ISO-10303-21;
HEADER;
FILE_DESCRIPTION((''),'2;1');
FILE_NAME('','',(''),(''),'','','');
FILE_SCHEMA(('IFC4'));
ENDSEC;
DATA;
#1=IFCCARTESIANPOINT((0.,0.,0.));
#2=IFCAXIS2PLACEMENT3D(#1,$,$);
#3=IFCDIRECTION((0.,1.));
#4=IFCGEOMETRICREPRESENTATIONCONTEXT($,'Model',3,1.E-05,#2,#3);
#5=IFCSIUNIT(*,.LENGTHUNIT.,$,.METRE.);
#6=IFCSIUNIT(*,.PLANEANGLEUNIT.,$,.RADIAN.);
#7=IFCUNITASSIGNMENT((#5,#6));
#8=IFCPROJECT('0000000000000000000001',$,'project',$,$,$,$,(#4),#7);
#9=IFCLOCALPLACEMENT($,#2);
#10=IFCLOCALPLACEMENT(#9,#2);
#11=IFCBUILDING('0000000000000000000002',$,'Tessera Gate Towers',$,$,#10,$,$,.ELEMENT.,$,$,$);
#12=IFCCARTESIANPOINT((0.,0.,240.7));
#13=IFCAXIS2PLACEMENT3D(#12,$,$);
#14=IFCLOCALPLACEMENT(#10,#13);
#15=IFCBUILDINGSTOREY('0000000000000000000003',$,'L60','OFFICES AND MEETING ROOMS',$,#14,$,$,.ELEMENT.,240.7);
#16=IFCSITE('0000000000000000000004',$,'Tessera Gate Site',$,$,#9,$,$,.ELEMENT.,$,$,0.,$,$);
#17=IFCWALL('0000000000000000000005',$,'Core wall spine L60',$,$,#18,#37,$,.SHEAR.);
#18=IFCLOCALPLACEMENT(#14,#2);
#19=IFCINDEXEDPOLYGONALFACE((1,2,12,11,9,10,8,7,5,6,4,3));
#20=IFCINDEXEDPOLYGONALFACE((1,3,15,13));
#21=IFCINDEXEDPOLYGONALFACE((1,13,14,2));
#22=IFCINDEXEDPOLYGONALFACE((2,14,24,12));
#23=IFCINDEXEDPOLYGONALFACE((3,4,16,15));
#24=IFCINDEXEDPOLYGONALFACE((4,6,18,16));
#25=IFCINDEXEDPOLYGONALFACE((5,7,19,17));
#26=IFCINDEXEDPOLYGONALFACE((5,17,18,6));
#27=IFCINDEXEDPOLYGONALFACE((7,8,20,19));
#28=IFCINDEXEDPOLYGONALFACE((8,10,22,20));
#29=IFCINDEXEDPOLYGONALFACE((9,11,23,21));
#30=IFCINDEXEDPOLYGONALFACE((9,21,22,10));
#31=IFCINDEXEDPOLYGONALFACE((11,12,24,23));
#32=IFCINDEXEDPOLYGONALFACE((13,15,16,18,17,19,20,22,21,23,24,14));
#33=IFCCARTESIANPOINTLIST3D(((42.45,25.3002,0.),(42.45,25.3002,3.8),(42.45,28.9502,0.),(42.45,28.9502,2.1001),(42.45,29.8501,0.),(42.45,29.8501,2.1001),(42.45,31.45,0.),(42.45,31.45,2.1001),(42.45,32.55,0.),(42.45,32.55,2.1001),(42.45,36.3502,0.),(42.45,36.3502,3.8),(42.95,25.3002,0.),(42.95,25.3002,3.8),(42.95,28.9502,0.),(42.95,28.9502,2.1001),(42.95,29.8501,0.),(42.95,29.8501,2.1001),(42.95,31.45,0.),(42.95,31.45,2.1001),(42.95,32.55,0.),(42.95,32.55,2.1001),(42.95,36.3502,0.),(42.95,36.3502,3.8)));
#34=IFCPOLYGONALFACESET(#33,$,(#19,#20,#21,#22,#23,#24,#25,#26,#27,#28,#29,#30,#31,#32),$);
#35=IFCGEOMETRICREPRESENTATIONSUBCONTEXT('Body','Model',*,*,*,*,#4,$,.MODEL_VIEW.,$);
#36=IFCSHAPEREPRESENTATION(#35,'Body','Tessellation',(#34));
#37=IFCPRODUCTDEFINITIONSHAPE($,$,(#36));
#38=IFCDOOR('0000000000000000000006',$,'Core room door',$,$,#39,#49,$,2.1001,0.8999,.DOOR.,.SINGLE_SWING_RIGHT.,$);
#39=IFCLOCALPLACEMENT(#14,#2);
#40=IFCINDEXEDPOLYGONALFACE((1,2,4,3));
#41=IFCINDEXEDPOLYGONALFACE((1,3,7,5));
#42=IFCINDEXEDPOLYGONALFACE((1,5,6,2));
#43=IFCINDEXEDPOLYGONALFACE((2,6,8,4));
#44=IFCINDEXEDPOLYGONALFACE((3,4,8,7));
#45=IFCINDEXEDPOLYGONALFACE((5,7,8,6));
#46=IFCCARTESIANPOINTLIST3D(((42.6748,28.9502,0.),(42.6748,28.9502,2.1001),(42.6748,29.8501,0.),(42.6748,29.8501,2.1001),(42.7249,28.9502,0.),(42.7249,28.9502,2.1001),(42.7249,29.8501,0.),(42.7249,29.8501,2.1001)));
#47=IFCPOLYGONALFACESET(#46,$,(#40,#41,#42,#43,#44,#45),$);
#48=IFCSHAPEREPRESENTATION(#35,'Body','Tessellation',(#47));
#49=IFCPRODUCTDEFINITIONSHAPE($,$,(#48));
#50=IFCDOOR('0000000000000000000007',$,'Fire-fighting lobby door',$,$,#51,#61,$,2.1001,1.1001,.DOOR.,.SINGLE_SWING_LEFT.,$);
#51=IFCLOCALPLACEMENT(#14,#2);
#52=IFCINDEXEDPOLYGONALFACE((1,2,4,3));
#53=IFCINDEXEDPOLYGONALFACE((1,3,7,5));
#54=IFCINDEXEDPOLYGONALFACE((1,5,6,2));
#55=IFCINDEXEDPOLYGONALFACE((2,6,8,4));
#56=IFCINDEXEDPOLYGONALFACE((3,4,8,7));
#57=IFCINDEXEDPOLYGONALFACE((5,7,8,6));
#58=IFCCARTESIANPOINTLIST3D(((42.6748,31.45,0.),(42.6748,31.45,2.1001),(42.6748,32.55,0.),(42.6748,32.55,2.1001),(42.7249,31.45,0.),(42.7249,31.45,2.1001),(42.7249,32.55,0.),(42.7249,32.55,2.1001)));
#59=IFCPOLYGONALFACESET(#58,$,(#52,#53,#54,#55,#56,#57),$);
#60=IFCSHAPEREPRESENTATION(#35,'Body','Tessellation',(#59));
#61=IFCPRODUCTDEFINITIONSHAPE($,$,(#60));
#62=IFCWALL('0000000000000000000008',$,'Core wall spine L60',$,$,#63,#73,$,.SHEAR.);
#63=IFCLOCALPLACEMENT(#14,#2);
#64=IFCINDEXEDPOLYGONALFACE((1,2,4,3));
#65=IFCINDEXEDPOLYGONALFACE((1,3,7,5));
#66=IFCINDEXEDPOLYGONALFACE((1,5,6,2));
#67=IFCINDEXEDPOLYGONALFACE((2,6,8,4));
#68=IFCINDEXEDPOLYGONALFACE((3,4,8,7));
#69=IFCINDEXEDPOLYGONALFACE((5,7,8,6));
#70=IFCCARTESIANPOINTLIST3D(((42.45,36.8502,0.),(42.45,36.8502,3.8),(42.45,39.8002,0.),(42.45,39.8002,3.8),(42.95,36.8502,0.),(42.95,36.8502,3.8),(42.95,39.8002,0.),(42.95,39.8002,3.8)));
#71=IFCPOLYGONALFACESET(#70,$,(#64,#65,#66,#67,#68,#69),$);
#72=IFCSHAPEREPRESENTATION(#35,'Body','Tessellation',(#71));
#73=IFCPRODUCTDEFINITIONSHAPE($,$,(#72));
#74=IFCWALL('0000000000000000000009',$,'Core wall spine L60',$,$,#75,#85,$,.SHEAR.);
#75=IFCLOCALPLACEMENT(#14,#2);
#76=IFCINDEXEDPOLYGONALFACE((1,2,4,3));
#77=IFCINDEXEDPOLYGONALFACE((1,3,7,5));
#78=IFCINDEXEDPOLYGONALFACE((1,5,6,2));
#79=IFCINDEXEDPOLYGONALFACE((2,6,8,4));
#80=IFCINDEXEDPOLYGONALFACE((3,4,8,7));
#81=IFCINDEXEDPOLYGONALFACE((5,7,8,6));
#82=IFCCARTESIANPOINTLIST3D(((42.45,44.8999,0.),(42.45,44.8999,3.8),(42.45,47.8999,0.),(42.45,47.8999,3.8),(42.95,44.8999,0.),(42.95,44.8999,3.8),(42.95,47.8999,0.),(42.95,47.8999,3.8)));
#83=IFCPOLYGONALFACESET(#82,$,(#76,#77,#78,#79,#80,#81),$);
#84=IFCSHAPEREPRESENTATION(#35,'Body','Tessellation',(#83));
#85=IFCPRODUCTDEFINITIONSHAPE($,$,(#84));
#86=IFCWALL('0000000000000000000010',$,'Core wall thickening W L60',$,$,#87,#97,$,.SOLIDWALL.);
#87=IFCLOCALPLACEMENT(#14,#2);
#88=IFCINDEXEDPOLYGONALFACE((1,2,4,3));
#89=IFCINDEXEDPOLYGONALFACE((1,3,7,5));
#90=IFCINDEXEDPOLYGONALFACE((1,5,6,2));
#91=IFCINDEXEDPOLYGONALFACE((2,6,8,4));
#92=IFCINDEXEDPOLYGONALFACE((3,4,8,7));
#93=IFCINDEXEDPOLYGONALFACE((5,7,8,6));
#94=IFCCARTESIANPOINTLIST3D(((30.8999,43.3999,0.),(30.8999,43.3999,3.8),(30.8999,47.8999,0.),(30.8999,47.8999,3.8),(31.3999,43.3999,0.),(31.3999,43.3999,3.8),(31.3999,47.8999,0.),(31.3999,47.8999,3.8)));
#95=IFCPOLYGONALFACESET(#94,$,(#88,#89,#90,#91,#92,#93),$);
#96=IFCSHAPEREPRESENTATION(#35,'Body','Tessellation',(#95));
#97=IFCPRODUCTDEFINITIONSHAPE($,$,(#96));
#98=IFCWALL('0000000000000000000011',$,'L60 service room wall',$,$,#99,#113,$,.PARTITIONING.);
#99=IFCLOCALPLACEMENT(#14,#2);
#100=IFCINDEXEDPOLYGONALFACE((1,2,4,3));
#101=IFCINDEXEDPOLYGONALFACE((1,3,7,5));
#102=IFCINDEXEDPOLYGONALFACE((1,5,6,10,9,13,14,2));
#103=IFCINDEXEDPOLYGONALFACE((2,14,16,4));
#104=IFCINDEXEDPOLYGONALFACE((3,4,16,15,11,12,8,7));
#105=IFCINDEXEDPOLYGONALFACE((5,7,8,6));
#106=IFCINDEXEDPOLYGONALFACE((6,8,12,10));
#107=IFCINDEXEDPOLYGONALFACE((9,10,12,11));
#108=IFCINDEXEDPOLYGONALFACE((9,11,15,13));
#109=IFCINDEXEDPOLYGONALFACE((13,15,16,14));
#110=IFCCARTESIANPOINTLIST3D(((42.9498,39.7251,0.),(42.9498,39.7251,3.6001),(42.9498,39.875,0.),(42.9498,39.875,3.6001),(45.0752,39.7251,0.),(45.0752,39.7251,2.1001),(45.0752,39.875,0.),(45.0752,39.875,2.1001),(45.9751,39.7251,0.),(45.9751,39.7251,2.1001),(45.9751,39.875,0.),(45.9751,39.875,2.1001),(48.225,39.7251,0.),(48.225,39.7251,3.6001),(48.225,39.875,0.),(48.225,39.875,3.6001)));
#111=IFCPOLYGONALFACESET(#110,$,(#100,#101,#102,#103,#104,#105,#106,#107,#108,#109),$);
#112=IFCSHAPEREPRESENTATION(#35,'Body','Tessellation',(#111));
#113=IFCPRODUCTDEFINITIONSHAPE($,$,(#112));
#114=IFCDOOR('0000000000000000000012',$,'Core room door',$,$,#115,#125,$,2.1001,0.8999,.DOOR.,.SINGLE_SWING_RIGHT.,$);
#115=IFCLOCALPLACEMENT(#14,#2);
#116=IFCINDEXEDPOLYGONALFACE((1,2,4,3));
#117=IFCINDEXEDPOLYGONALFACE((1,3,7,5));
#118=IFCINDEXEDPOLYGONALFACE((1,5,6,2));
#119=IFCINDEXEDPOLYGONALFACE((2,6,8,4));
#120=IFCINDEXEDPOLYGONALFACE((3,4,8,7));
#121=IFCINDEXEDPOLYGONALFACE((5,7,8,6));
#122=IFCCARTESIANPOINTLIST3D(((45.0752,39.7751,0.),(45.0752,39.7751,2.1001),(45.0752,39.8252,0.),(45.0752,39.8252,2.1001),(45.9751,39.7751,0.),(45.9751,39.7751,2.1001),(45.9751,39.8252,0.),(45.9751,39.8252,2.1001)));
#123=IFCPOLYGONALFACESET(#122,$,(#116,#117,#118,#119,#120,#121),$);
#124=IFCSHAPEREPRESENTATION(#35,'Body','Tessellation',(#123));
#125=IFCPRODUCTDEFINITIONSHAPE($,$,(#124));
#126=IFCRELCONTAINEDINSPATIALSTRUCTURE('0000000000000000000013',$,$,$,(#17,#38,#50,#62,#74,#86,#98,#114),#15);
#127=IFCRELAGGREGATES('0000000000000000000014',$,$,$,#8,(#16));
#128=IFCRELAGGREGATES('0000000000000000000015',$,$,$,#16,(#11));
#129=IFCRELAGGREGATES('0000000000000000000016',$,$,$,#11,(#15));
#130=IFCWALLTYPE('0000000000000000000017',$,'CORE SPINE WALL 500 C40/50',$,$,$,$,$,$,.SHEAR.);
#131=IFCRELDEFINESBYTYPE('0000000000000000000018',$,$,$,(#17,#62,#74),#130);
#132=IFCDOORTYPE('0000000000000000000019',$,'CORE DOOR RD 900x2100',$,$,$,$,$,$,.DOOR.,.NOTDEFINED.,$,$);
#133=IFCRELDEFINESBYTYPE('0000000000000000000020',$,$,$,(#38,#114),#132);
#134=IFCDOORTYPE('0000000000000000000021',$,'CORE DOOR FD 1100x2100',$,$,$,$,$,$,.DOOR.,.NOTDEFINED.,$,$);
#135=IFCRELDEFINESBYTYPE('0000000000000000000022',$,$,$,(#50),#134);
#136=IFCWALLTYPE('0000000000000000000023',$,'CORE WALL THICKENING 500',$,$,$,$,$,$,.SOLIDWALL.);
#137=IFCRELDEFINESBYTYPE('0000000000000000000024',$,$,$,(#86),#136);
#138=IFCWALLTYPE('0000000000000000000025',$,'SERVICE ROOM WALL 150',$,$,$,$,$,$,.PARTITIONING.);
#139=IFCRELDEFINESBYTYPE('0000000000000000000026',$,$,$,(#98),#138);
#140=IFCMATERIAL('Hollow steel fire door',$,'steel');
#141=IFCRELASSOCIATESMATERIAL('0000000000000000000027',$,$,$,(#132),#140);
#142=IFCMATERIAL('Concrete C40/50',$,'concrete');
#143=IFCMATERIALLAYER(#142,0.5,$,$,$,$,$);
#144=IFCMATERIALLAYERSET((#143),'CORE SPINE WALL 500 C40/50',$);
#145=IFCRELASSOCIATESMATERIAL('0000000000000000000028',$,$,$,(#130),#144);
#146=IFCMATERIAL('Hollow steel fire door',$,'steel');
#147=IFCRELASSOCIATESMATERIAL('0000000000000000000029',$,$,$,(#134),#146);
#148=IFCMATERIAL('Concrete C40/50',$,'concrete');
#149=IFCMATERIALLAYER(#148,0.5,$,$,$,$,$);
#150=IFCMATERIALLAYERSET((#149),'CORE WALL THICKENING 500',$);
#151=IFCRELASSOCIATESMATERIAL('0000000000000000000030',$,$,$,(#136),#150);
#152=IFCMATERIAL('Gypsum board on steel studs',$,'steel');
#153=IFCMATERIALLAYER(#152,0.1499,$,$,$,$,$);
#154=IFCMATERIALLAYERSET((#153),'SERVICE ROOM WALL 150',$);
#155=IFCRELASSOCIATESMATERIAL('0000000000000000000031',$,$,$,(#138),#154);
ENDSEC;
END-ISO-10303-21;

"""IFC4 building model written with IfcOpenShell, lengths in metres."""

from ifc_helpers import new_model, si_unit, direction, frame, frame_2d, origin, place, context, subcontext, project, spatial, rectangle, extrude, source, transform, mapped, material, layer, layer_set, type_object, element, fill, save


model = new_model("IFC4")

# Units and contexts
model_context = context("Model", 3, precision=1e-05, world=origin(), true_north=direction((0.0, 1.0)))
body_context = subcontext(model_context, "Body", "Model", "MODEL_VIEW")
ifc_project = project(units=[si_unit("LENGTHUNIT", "METRE"), si_unit("PLANEANGLEUNIT", "RADIAN")], contexts=[model_context])

# Site, building, storey
site_placement = place(None, origin())
site = spatial("IfcSite", under=ifc_project, at=site_placement, Name="Tessera Gate Site", CompositionType="ELEMENT", RefElevation=0.0)
building_placement = place(site_placement, origin())
building = spatial("IfcBuilding", under=site, at=building_placement, Name="Tessera Gate Towers", CompositionType="ELEMENT")
storey_placement = place(building_placement, frame((0.0, 0.0, 240.7)))
storey = spatial("IfcBuildingStorey", under=building, at=storey_placement, Name="L60", Description="OFFICES AND MEETING ROOMS", CompositionType="ELEMENT", Elevation=240.7)

# Shared definitions
shared_shape_1 = source(origin(), body_context, "Body", "SweptSolid", [
    extrude(rectangle(XDim=1.1001, YDim=2.1001, at=frame_2d((0.55, 1.05))), frame((0.0, 0.0249, 0.0), z_axis=(0.0, -1.0, 0.0), x_axis=(1.0, 0.0, 0.0)), (0.0, 0.0, 1.0), 0.05),
])

# Shared definitions
ifc_material_1 = material(Name="Hollow steel fire door", Category="steel")
door_type_1 = type_object("IfcDoorType", Name="CORE DOOR RD 900x2100", OperationType="NOTDEFINED", PredefinedType="DOOR", material=ifc_material_1)
shared_shape_2 = source(origin(), body_context, "Body", "SweptSolid", [
    extrude(rectangle(XDim=0.8999, YDim=2.1001, at=frame_2d((0.45, 1.05))), frame((0.0, 0.0249, 0.0), z_axis=(0.0, -1.0, 0.0), x_axis=(1.0, 0.0, 0.0)), (0.0, 0.0, 1.0), 0.05),
])

# Shared definitions
ifc_material_2 = material(Name="Concrete C40/50", Category="concrete")
ifc_layer_1 = layer(ifc_material_2, 0.5)
ifc_layer_set_1 = layer_set([ifc_layer_1], Name="CORE SPINE WALL 500 C40/50")
wall_type_1 = type_object("IfcWallType", Name="CORE SPINE WALL 500 C40/50", PredefinedType="SHEAR", material=ifc_layer_set_1)

# Wall, openings, doors
wall_1_placement = place(storey_placement, frame((42.7, 36.3501, 0.0), z_axis=(0.0, 0.0, 1.0), x_axis=(0.0, -1.0, 0.0)))
wall_1 = element("IfcWall", 1, at=wall_1_placement, inside=storey, type_object=wall_type_1, Name="Core wall spine L60", PredefinedType="SHEAR", context=body_context, shape_type="SweptSolid", body=[
    extrude(rectangle(XDim=11.05, YDim=0.5, at=frame_2d((5.5249, 0.0))), origin(), (0.0, 0.0, 1.0), 3.8),
])
shared_shape_3 = source(origin(), body_context, "Body", "SweptSolid", [
    extrude(rectangle(XDim=0.8999, YDim=2.1001, at=frame_2d((0.45, 1.05))), frame((0.0, 0.26, 0.0), z_axis=(0.0, -1.0, 0.0), x_axis=(1.0, 0.0, 0.0)), (0.0, 0.0, 1.0), 0.52),
])
opening_1_placement = place(wall_1_placement, frame((6.5, 0.0, 0.0)))
opening_1 = element("IfcOpeningElement", 2, at=opening_1_placement, cuts=wall_1, PredefinedType="OPENING", context=body_context, shape_type="MappedRepresentation", body=[
    mapped(shared_shape_3, transform((0.0, 0.0, 0.0), scale=1.0)),
])
shared_shape_4 = source(origin(), body_context, "Body", "SweptSolid", [
    extrude(rectangle(XDim=1.1001, YDim=2.1001, at=frame_2d((0.55, 1.05))), frame((0.0, 0.26, 0.0), z_axis=(0.0, -1.0, 0.0), x_axis=(1.0, 0.0, 0.0)), (0.0, 0.0, 1.0), 0.52),
])
opening_2_placement = place(wall_1_placement, frame((3.8, 0.0, 0.0)))
opening_2 = element("IfcOpeningElement", 3, at=opening_2_placement, cuts=wall_1, PredefinedType="OPENING", context=body_context, shape_type="MappedRepresentation", body=[
    mapped(shared_shape_4, transform((0.0, 0.0, 0.0), scale=1.0)),
])
door_1_placement = place(opening_1_placement, origin())
door_1 = element("IfcDoor", 4, at=door_1_placement, inside=storey, type_object=door_type_1, Name="Core room door", OperationType="SINGLE_SWING_RIGHT", OverallHeight=2.1001, OverallWidth=0.8999, PredefinedType="DOOR", context=body_context, shape_type="MappedRepresentation", body=[
    mapped(shared_shape_2, transform((0.0, 0.0, 0.0), scale=1.0)),
])
fill(opening_1, door_1)
ifc_material_3 = material(Name="Hollow steel fire door", Category="steel")
door_type_2 = type_object("IfcDoorType", Name="CORE DOOR FD 1100x2100", OperationType="NOTDEFINED", PredefinedType="DOOR", material=ifc_material_3)
door_2_placement = place(opening_2_placement, origin())
door_2 = element("IfcDoor", 5, at=door_2_placement, inside=storey, type_object=door_type_2, Name="Fire-fighting lobby door", OperationType="SINGLE_SWING_LEFT", OverallHeight=2.1001, OverallWidth=1.1001, PredefinedType="DOOR", context=body_context, shape_type="MappedRepresentation", body=[
    mapped(shared_shape_1, transform((0.0, 0.0, 0.0), scale=1.0)),
])
fill(opening_2, door_2)

# Walls
wall_2_placement = place(storey_placement, frame((42.7, 36.8501, 0.0), z_axis=(0.0, 0.0, 1.0), x_axis=(0.0, 1.0, 0.0)))
element("IfcWall", 6, at=wall_2_placement, inside=storey, type_object=wall_type_1, Name="Core wall spine L60", PredefinedType="SHEAR", context=body_context, shape_type="SweptSolid", body=[
    extrude(rectangle(XDim=2.95, YDim=0.5, at=frame_2d((1.4751, 0.0))), origin(), (0.0, 0.0, 1.0), 3.8),
])
wall_3_placement = place(storey_placement, frame((42.7, 44.8999, 0.0), z_axis=(0.0, 0.0, 1.0), x_axis=(0.0, 1.0, 0.0)))
element("IfcWall", 7, at=wall_3_placement, inside=storey, type_object=wall_type_1, Name="Core wall spine L60", PredefinedType="SHEAR", context=body_context, shape_type="SweptSolid", body=[
    extrude(rectangle(XDim=3.0, YDim=0.5, at=frame_2d((1.5, 0.0))), origin(), (0.0, 0.0, 1.0), 3.8),
])
ifc_material_4 = material(Name="Concrete C40/50", Category="concrete")
ifc_layer_2 = layer(ifc_material_4, 0.5)
ifc_layer_set_2 = layer_set([ifc_layer_2], Name="CORE WALL THICKENING 500")
wall_type_2 = type_object("IfcWallType", Name="CORE WALL THICKENING 500", PredefinedType="SOLIDWALL", material=ifc_layer_set_2)
wall_4_placement = place(storey_placement, frame((31.1499, 43.3999, 0.0), z_axis=(0.0, 0.0, 1.0), x_axis=(0.0, 1.0, 0.0)))
element("IfcWall", 8, at=wall_4_placement, inside=storey, type_object=wall_type_2, Name="Core wall thickening W L60", PredefinedType="SOLIDWALL", context=body_context, shape_type="SweptSolid", body=[
    extrude(rectangle(XDim=4.5, YDim=0.5, at=frame_2d((2.25, 0.0))), origin(), (0.0, 0.0, 1.0), 3.8),
])

# Wall, opening, door
ifc_material_5 = material(Name="Gypsum board on steel studs", Category="steel")
ifc_layer_3 = layer(ifc_material_5, 0.1499)
ifc_layer_set_3 = layer_set([ifc_layer_3], Name="SERVICE ROOM WALL 150")
wall_type_3 = type_object("IfcWallType", Name="SERVICE ROOM WALL 150", PredefinedType="PARTITIONING", material=ifc_layer_set_3)
wall_5_placement = place(storey_placement, frame((48.2251, 39.8, 0.0), z_axis=(0.0, 0.0, 1.0), x_axis=(-1.0, 0.0, 0.0)))
wall_5 = element("IfcWall", 9, at=wall_5_placement, inside=storey, type_object=wall_type_3, Name="L60 service room wall", PredefinedType="PARTITIONING", context=body_context, shape_type="SweptSolid", body=[
    extrude(rectangle(XDim=5.2751, YDim=0.1499, at=frame_2d((2.6377, 0.0))), origin(), (0.0, 0.0, 1.0), 3.6001),
])
shared_shape_5 = source(origin(), body_context, "Body", "SweptSolid", [
    extrude(rectangle(XDim=0.8999, YDim=2.1001, at=frame_2d((0.45, 1.05))), frame((0.0, 0.085, 0.0), z_axis=(0.0, -1.0, 0.0), x_axis=(1.0, 0.0, 0.0)), (0.0, 0.0, 1.0), 0.1699),
])
opening_3_placement = place(wall_5_placement, frame((2.25, 0.0, 0.0)))
opening_3 = element("IfcOpeningElement", 10, at=opening_3_placement, cuts=wall_5, PredefinedType="OPENING", context=body_context, shape_type="MappedRepresentation", body=[
    mapped(shared_shape_5, transform((0.0, 0.0, 0.0), scale=1.0)),
])
door_3_placement = place(opening_3_placement, origin())
door_3 = element("IfcDoor", 11, at=door_3_placement, inside=storey, type_object=door_type_1, Name="Core room door", OperationType="SINGLE_SWING_RIGHT", OverallHeight=2.1001, OverallWidth=0.8999, PredefinedType="DOOR", context=body_context, shape_type="MappedRepresentation", body=[
    mapped(shared_shape_2, transform((0.0, 0.0, 0.0), scale=1.0)),
])
fill(opening_3, door_3)

save(model, "model.ifc")
